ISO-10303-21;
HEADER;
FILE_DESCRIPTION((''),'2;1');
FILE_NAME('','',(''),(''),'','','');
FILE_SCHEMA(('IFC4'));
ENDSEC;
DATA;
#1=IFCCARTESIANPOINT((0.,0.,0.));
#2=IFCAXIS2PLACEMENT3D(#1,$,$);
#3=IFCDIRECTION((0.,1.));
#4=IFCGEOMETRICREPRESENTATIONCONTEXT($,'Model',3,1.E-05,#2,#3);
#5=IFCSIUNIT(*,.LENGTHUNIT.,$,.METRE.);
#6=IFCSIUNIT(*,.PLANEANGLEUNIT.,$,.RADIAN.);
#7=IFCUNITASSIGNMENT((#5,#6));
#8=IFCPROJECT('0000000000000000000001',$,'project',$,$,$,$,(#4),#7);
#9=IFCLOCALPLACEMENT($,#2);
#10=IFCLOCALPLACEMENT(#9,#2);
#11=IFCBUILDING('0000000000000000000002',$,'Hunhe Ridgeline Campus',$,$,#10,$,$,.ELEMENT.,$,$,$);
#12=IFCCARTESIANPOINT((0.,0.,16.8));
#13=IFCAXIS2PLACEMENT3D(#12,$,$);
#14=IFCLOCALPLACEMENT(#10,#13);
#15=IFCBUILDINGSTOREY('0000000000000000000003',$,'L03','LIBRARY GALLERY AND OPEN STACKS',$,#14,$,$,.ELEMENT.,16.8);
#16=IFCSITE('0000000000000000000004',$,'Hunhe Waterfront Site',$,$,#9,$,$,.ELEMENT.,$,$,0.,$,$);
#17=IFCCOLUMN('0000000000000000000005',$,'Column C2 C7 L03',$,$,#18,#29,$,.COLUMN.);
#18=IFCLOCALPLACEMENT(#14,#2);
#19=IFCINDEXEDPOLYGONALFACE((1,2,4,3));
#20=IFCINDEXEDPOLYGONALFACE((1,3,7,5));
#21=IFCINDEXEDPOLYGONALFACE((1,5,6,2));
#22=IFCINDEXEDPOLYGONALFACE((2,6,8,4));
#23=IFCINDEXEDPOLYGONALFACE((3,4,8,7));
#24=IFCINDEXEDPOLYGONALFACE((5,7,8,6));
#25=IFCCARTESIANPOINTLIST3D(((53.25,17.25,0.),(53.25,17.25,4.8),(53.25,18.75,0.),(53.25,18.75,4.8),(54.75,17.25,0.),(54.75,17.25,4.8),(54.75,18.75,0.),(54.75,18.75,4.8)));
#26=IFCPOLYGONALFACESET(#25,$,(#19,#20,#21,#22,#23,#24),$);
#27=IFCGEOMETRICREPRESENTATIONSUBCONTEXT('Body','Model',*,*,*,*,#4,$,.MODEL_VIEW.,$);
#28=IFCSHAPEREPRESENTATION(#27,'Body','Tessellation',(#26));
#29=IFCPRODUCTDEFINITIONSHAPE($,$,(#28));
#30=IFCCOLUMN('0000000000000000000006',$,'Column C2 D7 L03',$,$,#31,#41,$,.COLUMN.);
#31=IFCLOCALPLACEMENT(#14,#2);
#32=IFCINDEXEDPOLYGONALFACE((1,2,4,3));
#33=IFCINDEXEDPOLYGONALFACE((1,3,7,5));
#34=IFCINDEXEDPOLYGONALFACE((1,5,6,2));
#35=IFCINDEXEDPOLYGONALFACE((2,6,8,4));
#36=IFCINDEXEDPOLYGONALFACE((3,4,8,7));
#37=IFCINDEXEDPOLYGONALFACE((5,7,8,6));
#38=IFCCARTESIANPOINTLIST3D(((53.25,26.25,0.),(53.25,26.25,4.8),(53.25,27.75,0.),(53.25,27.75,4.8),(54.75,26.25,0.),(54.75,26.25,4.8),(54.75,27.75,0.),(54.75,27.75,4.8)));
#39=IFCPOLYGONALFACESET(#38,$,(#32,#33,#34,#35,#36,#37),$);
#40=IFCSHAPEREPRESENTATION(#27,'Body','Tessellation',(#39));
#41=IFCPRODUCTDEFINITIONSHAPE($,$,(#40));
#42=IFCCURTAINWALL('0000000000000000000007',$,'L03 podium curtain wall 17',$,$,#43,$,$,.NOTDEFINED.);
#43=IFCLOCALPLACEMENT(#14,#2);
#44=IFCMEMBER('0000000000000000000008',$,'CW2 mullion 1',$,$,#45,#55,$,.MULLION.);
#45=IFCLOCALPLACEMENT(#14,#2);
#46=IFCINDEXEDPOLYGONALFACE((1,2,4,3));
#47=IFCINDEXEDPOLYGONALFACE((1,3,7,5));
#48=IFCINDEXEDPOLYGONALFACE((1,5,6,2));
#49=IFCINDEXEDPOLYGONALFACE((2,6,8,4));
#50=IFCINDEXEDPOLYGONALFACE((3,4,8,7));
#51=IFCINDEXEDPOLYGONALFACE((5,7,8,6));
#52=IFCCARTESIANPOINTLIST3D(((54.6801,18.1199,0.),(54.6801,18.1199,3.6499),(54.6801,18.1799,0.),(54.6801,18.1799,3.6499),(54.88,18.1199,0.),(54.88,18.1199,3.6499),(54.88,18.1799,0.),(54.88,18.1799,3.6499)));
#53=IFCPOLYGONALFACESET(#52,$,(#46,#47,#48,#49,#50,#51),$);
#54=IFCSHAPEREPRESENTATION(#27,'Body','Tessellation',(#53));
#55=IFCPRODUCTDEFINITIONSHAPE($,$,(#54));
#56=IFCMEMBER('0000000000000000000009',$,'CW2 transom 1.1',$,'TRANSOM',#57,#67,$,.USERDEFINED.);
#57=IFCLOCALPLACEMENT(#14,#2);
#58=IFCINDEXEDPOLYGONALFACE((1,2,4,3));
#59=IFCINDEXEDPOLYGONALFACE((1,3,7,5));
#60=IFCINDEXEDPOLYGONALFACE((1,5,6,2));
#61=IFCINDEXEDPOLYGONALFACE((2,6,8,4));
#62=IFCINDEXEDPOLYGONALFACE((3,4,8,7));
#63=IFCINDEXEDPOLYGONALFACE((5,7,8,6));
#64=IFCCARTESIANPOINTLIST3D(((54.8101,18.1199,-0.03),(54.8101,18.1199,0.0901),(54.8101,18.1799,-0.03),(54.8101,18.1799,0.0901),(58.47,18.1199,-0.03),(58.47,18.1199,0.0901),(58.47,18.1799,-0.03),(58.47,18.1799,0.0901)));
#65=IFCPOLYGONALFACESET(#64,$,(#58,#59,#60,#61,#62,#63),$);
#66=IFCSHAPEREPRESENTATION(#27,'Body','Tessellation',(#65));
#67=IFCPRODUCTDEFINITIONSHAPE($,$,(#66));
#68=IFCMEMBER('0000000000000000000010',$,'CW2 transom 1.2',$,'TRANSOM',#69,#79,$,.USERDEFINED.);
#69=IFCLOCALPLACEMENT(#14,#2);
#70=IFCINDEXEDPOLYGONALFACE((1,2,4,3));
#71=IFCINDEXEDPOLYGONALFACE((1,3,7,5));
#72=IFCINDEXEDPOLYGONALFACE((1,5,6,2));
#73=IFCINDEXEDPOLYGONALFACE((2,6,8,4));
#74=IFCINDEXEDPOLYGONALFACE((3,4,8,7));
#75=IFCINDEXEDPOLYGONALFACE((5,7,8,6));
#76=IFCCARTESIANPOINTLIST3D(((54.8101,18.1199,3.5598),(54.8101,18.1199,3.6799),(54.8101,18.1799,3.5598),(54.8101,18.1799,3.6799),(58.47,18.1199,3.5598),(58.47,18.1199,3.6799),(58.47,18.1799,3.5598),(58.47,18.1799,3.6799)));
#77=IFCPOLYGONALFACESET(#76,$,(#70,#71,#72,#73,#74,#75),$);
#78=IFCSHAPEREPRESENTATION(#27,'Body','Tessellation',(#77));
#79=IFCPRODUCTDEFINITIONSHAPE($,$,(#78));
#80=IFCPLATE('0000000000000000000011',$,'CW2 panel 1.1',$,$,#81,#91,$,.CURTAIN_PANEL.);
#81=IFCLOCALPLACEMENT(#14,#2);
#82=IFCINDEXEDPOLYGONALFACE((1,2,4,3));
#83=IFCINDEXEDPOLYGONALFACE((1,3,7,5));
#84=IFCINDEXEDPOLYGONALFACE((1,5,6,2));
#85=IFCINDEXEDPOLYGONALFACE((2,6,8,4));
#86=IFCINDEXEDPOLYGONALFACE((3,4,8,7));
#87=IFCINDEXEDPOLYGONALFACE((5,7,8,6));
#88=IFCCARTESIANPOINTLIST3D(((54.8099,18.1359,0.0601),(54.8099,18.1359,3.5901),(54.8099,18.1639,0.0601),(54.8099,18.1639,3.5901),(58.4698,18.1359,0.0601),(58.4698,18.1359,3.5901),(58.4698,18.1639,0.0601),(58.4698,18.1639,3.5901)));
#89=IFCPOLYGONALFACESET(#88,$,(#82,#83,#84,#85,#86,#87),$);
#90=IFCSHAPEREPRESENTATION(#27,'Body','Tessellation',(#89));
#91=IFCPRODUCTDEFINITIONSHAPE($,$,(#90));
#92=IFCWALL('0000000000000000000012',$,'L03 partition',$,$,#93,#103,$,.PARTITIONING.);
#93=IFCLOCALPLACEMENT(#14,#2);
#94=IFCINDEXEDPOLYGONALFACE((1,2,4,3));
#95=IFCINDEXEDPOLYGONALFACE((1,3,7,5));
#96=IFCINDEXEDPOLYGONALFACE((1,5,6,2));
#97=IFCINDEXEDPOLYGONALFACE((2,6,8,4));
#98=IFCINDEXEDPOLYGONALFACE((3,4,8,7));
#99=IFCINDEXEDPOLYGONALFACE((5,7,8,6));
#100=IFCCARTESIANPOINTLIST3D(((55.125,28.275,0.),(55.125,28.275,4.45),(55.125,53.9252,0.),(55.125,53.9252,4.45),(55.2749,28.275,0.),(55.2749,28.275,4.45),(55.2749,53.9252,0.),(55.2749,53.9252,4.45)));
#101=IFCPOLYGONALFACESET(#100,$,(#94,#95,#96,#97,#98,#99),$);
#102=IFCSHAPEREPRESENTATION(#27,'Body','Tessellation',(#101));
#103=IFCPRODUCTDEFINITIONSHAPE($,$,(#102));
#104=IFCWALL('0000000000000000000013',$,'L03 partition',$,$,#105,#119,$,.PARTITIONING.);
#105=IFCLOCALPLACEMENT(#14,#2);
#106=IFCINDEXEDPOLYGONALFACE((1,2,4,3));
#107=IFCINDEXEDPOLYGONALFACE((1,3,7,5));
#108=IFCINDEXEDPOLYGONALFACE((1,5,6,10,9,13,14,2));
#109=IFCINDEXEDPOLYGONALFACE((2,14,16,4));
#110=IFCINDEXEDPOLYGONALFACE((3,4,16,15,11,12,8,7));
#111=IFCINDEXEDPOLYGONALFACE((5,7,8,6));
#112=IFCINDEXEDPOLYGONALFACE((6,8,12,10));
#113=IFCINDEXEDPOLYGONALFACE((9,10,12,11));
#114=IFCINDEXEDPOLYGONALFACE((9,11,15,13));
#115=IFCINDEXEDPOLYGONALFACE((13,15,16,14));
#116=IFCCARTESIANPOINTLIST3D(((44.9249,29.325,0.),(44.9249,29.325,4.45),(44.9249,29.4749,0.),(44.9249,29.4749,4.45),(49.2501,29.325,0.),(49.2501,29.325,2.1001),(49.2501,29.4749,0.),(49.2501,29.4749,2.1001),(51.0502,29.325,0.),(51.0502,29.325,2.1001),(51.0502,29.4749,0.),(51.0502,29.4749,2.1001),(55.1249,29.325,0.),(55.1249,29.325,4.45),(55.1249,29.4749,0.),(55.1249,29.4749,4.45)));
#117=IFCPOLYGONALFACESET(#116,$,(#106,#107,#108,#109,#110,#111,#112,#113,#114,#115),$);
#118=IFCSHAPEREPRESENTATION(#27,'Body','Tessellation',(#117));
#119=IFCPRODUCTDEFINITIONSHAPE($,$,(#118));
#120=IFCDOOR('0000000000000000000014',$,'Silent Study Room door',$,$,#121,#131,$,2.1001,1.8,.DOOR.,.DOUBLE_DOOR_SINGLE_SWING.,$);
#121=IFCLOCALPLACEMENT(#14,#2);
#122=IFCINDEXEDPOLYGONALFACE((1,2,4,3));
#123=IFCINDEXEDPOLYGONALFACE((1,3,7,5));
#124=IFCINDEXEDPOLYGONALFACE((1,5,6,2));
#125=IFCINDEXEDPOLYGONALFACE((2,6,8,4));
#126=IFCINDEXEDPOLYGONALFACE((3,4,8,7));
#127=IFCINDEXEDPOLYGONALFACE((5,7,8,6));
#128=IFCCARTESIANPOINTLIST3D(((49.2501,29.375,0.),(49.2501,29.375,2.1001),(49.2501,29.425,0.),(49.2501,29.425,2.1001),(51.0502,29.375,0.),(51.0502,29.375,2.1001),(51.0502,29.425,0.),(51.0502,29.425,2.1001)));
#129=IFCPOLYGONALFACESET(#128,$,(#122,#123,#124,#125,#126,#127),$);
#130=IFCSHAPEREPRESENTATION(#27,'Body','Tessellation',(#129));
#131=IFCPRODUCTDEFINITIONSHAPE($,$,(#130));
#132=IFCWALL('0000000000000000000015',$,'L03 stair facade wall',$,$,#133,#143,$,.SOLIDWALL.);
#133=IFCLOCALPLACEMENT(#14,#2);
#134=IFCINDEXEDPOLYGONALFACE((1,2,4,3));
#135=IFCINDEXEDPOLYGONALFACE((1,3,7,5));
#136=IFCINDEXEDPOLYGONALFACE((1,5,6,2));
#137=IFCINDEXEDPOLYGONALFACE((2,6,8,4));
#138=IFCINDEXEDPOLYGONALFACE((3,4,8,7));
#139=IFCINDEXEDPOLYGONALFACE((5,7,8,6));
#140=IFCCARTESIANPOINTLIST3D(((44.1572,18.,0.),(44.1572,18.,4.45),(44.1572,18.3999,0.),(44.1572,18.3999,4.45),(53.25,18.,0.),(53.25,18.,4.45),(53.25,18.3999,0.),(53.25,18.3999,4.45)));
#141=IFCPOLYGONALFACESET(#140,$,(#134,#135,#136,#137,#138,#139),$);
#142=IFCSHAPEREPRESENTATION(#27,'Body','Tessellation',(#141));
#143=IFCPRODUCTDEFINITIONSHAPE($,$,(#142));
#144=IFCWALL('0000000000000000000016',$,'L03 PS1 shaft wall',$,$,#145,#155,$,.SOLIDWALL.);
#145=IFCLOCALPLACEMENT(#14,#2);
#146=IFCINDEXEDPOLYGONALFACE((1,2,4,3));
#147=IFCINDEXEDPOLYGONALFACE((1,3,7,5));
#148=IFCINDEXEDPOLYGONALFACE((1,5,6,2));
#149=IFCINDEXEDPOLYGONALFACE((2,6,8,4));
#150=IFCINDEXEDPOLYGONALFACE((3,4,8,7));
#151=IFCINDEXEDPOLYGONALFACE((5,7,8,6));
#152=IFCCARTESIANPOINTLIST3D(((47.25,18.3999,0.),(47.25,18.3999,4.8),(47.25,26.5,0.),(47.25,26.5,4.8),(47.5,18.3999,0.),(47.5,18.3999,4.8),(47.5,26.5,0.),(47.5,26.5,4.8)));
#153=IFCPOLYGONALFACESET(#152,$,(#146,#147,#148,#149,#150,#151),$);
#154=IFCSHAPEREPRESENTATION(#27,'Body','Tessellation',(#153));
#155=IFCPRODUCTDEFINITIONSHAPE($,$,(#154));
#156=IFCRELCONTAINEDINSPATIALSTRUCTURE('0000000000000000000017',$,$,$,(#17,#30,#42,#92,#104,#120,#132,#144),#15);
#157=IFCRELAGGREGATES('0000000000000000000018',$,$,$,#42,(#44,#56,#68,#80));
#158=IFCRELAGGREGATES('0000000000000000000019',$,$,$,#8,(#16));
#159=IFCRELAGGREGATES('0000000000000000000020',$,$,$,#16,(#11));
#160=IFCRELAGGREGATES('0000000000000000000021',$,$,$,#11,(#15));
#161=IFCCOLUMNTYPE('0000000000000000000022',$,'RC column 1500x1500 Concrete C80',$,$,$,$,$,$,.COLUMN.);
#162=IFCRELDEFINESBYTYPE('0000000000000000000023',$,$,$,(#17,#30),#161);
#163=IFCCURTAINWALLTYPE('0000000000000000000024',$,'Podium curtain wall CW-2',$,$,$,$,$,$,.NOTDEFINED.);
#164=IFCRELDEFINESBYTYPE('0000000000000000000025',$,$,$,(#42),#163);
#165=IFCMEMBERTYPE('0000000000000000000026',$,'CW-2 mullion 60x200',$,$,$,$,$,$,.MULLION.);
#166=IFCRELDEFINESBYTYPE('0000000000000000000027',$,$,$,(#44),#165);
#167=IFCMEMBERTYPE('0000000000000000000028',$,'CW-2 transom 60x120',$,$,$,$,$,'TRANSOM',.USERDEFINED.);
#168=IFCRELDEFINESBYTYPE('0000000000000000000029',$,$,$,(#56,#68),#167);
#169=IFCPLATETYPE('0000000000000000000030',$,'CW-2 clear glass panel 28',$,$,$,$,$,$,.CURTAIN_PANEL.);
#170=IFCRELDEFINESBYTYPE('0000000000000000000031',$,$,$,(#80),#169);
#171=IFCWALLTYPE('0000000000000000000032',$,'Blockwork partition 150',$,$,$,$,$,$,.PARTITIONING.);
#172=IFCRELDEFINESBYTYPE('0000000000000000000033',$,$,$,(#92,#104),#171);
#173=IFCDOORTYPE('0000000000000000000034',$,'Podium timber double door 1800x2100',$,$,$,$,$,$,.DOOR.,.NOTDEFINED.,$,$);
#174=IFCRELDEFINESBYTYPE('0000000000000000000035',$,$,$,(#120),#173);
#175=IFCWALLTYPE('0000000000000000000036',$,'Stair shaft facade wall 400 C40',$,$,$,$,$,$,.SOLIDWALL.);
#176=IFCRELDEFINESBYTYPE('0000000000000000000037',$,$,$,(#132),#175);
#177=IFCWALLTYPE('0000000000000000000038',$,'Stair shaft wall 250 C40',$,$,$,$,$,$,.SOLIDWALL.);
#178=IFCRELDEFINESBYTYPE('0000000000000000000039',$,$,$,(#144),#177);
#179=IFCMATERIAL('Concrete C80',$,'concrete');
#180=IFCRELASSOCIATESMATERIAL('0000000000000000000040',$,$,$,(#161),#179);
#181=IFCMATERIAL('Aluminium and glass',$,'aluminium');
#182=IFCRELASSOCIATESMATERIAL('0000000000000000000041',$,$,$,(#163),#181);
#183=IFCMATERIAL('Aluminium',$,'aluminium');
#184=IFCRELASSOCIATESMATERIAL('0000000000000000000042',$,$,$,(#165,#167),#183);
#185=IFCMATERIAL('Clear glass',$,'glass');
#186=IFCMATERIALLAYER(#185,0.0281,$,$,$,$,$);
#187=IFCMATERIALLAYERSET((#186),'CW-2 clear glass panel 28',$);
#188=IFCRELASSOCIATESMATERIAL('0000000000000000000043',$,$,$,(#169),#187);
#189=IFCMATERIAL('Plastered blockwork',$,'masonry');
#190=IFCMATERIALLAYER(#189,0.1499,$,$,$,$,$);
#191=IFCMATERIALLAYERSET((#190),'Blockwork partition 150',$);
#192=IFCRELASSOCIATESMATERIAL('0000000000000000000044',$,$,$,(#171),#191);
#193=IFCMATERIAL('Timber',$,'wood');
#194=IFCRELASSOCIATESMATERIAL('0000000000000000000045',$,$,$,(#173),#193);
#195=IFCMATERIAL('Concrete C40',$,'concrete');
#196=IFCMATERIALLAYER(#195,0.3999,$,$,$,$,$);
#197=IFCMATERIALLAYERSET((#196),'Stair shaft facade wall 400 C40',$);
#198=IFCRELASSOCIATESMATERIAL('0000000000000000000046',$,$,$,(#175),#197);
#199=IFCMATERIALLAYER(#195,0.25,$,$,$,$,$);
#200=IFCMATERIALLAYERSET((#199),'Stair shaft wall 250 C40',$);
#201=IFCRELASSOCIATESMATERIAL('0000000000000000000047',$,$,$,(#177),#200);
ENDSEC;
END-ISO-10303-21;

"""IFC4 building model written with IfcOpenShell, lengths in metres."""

from ifc_helpers import new_model, si_unit, direction, frame, frame_2d, origin, origin_2d, place, context, subcontext, project, spatial, rectangle, extrude, material, layer, layer_set, material_profile, profile_set, type_object, element, fill, aggregate, save


model = new_model("IFC4")

# Units and contexts
model_context = context("Model", 3, precision=1e-05, world=origin(), true_north=direction((0.0, 1.0)))
body_context = subcontext(model_context, "Body", "Model", "MODEL_VIEW")
ifc_project = project(units=[si_unit("LENGTHUNIT", "METRE"), si_unit("PLANEANGLEUNIT", "RADIAN")], contexts=[model_context])

# Site, building, storey
site_placement = place(None, origin())
site = spatial("IfcSite", under=ifc_project, at=site_placement, Name="Hunhe Waterfront Site", CompositionType="ELEMENT", RefElevation=0.0)
building_placement = place(site_placement, origin())
building = spatial("IfcBuilding", under=site, at=building_placement, Name="Hunhe Ridgeline Campus", CompositionType="ELEMENT")
storey_placement = place(building_placement, frame((0.0, 0.0, 16.8)))
storey = spatial("IfcBuildingStorey", under=building, at=storey_placement, Name="L03", Description="LIBRARY GALLERY AND OPEN STACKS", CompositionType="ELEMENT", Elevation=16.8)

# Columns
ifc_material_1 = material(Name="Concrete C80", Category="concrete")
ifc_material_profile_1 = material_profile(ifc_material_1, rectangle(XDim=1.5, YDim=1.5, at=origin_2d()))
ifc_profile_set_1 = profile_set([ifc_material_profile_1], Name="Concrete C80")
column_type = type_object("IfcColumnType", Name="RC column 1500x1500 Concrete C80", PredefinedType="COLUMN", material=ifc_profile_set_1)
for number, where, z_axis, x_axis, name in (
    (1, (54.0, 18.0, 0.0), (0.0, 0.0, 1.0), (1.0, 0.0, 0.0), "Column C2 C7 L03"),
    (2, (54.0, 27.0, 0.0), (0.0, 0.0, 1.0), (1.0, 0.0, 0.0), "Column C2 D7 L03"),
):
    element("IfcColumn", number, at=place(storey_placement, frame(where, z_axis=z_axis, x_axis=x_axis)), inside=storey, type_object=column_type, Name=name, PredefinedType="COLUMN", context=body_context, shape_type="SweptSolid", body=[
        extrude(rectangle(XDim=1.5, YDim=1.5, at=origin_2d()), origin(), (0.0, 0.0, 1.0), 4.8),
    ])

# Curtain wall, members, plate
ifc_material_2 = material(Name="Aluminium and glass", Category="aluminium")
curtain_wall_type = type_object("IfcCurtainWallType", Name="Podium curtain wall CW-2", PredefinedType="NOTDEFINED", material=ifc_material_2)
curtain_wall_placement = place(storey_placement, origin())
curtain_wall = element("IfcCurtainWall", 3, at=curtain_wall_placement, inside=storey, type_object=curtain_wall_type, Name="L03 podium curtain wall 17", PredefinedType="NOTDEFINED")
ifc_material_3 = material(Name="Aluminium", Category="aluminium")
ifc_material_profile_2 = material_profile(ifc_material_3, rectangle(XDim=0.0601, YDim=0.2, at=origin_2d()))
ifc_profile_set_2 = profile_set([ifc_material_profile_2], Name="Aluminium")
member_type_1 = type_object("IfcMemberType", Name="CW-2 mullion 60x200", PredefinedType="MULLION", material=ifc_profile_set_2)
member_1_placement = place(storey_placement, frame((54.78, 18.1499, 0.0), z_axis=(0.0, 0.0, 1.0), x_axis=(0.0, 1.0, 0.0)))
member_1 = element("IfcMember", 4, at=member_1_placement, type_object=member_type_1, Name="CW2 mullion 1", PredefinedType="MULLION", context=body_context, shape_type="SweptSolid", body=[
    extrude(rectangle(XDim=0.0601, YDim=0.2, at=origin_2d()), origin(), (0.0, 0.0, 1.0), 3.6499),
])
ifc_material_profile_3 = material_profile(ifc_material_3, rectangle(XDim=0.0601, YDim=0.1201, at=origin_2d()))
ifc_profile_set_3 = profile_set([ifc_material_profile_3], Name="Aluminium")
member_type_2 = type_object("IfcMemberType", Name="CW-2 transom 60x120", ElementType="TRANSOM", PredefinedType="USERDEFINED", material=ifc_profile_set_3)
member_2_placement = place(storey_placement, frame((54.8101, 18.1499, 0.03), z_axis=(1.0, 0.0, 0.0), x_axis=(0.0, 1.0, 0.0)))
member_2 = element("IfcMember", 5, at=member_2_placement, type_object=member_type_2, Name="CW2 transom 1.1", ObjectType="TRANSOM", PredefinedType="USERDEFINED", context=body_context, shape_type="SweptSolid", body=[
    extrude(rectangle(XDim=0.0601, YDim=0.1201, at=origin_2d()), origin(), (0.0, 0.0, 1.0), 3.6599),
])
member_3_placement = place(storey_placement, frame((54.8101, 18.1499, 3.6199), z_axis=(1.0, 0.0, 0.0), x_axis=(0.0, 1.0, 0.0)))
member_3 = element("IfcMember", 6, at=member_3_placement, type_object=member_type_2, Name="CW2 transom 1.2", ObjectType="TRANSOM", PredefinedType="USERDEFINED", context=body_context, shape_type="SweptSolid", body=[
    extrude(rectangle(XDim=0.0601, YDim=0.1201, at=origin_2d()), origin(), (0.0, 0.0, 1.0), 3.6599),
])
ifc_material_4 = material(Name="Clear glass", Category="glass")
ifc_layer_1 = layer(ifc_material_4, 0.0281)
ifc_layer_set_1 = layer_set([ifc_layer_1], Name="CW-2 clear glass panel 28")
plate_type = type_object("IfcPlateType", Name="CW-2 clear glass panel 28", PredefinedType="CURTAIN_PANEL", material=ifc_layer_set_1)
plate_placement = place(storey_placement, frame((56.6399, 18.1499, 0.0601), z_axis=(0.0, 0.0, 1.0), x_axis=(1.0, 0.0, 0.0)))
plate = element("IfcPlate", 7, at=plate_placement, type_object=plate_type, Name="CW2 panel 1.1", PredefinedType="CURTAIN_PANEL", context=body_context, shape_type="SweptSolid", body=[
    extrude(rectangle(XDim=3.6599, YDim=0.0281, at=origin_2d()), origin(), (0.0, 0.0, 1.0), 3.53),
])
aggregate(curtain_wall, [member_1, member_2, member_3, plate])

# Wall
ifc_material_5 = material(Name="Plastered blockwork", Category="masonry")
ifc_layer_2 = layer(ifc_material_5, 0.1499)
ifc_layer_set_2 = layer_set([ifc_layer_2], Name="Blockwork partition 150")
wall_type_1 = type_object("IfcWallType", Name="Blockwork partition 150", PredefinedType="PARTITIONING", material=ifc_layer_set_2)
wall_1_placement = place(storey_placement, frame((55.2, 28.2749, 0.0), z_axis=(0.0, 0.0, 1.0), x_axis=(0.0, 1.0, 0.0)))
element("IfcWall", 8, at=wall_1_placement, inside=storey, type_object=wall_type_1, Name="L03 partition", PredefinedType="PARTITIONING", context=body_context, shape_type="SweptSolid", body=[
    extrude(rectangle(XDim=25.6501, YDim=0.1499, at=frame_2d((12.8252, 0.0))), origin(), (0.0, 0.0, 1.0), 4.45),
])

# Wall, opening, door
wall_2_placement = place(storey_placement, frame((55.125, 29.3999, 0.0), z_axis=(0.0, 0.0, 1.0), x_axis=(-1.0, 0.0, 0.0)))
wall_2 = element("IfcWall", 9, at=wall_2_placement, inside=storey, type_object=wall_type_1, Name="L03 partition", PredefinedType="PARTITIONING", context=body_context, shape_type="SweptSolid", body=[
    extrude(rectangle(XDim=10.2, YDim=0.1499, at=frame_2d((5.1001, 0.0))), origin(), (0.0, 0.0, 1.0), 4.45),
])
opening_1_placement = place(wall_2_placement, frame((4.075, 0.0, 0.0)))
opening_1 = element("IfcOpeningElement", 10, at=opening_1_placement, cuts=wall_2, PredefinedType="OPENING", context=body_context, shape_type="SweptSolid", body=[
    extrude(rectangle(XDim=1.8, YDim=2.1001, at=frame_2d((0.8999, 1.05))), frame((0.0, 0.075, 0.0), z_axis=(0.0, -1.0, 0.0), x_axis=(1.0, 0.0, 0.0)), (0.0, 0.0, 1.0), 0.1499),
])
ifc_material_6 = material(Name="Timber", Category="wood")
door_type_1 = type_object("IfcDoorType", Name="Podium timber double door 1800x2100", OperationType="NOTDEFINED", PredefinedType="DOOR", material=ifc_material_6)
door_1_placement = place(opening_1_placement, origin())
door_1 = element("IfcDoor", 11, at=door_1_placement, inside=storey, type_object=door_type_1, Name="Silent Study Room door", OperationType="DOUBLE_DOOR_SINGLE_SWING", OverallHeight=2.1001, OverallWidth=1.8, PredefinedType="DOOR", context=body_context, shape_type="SweptSolid", body=[
    extrude(rectangle(XDim=1.8, YDim=2.1001, at=frame_2d((0.8999, 1.05))), frame((0.0, 0.0249, 0.0), z_axis=(0.0, -1.0, 0.0), x_axis=(1.0, 0.0, 0.0)), (0.0, 0.0, 1.0), 0.05),
])
fill(opening_1, door_1)

# Walls
ifc_material_7 = material(Name="Concrete C40", Category="concrete")
ifc_layer_3 = layer(ifc_material_7, 0.3999)
ifc_layer_set_3 = layer_set([ifc_layer_3], Name="Stair shaft facade wall 400 C40")
wall_type_2 = type_object("IfcWallType", Name="Stair shaft facade wall 400 C40", PredefinedType="SOLIDWALL", material=ifc_layer_set_3)
wall_3_placement = place(storey_placement, frame((53.25, 18.2, 0.0), z_axis=(0.0, 0.0, 1.0), x_axis=(-1.0, 0.0, 0.0)))
element("IfcWall", 12, at=wall_3_placement, inside=storey, type_object=wall_type_2, Name="L03 stair facade wall", PredefinedType="SOLIDWALL", context=body_context, shape_type="SweptSolid", body=[
    extrude(rectangle(XDim=9.0928, YDim=0.3999, at=frame_2d((4.5464, 0.0))), origin(), (0.0, 0.0, 1.0), 4.45),
])
ifc_layer_4 = layer(ifc_material_7, 0.25)
ifc_layer_set_4 = layer_set([ifc_layer_4], Name="Stair shaft wall 250 C40")
wall_type_3 = type_object("IfcWallType", Name="Stair shaft wall 250 C40", PredefinedType="SOLIDWALL", material=ifc_layer_set_4)
wall_4_placement = place(storey_placement, frame((47.375, 18.3999, 0.0), z_axis=(0.0, 0.0, 1.0), x_axis=(0.0, 1.0, 0.0)))
element("IfcWall", 13, at=wall_4_placement, inside=storey, type_object=wall_type_3, Name="L03 PS1 shaft wall", PredefinedType="SOLIDWALL", context=body_context, shape_type="SweptSolid", body=[
    extrude(rectangle(XDim=8.1001, YDim=0.25, at=frame_2d((4.05, 0.0))), origin(), (0.0, 0.0, 1.0), 4.8),
])

save(model, "model.ifc")
